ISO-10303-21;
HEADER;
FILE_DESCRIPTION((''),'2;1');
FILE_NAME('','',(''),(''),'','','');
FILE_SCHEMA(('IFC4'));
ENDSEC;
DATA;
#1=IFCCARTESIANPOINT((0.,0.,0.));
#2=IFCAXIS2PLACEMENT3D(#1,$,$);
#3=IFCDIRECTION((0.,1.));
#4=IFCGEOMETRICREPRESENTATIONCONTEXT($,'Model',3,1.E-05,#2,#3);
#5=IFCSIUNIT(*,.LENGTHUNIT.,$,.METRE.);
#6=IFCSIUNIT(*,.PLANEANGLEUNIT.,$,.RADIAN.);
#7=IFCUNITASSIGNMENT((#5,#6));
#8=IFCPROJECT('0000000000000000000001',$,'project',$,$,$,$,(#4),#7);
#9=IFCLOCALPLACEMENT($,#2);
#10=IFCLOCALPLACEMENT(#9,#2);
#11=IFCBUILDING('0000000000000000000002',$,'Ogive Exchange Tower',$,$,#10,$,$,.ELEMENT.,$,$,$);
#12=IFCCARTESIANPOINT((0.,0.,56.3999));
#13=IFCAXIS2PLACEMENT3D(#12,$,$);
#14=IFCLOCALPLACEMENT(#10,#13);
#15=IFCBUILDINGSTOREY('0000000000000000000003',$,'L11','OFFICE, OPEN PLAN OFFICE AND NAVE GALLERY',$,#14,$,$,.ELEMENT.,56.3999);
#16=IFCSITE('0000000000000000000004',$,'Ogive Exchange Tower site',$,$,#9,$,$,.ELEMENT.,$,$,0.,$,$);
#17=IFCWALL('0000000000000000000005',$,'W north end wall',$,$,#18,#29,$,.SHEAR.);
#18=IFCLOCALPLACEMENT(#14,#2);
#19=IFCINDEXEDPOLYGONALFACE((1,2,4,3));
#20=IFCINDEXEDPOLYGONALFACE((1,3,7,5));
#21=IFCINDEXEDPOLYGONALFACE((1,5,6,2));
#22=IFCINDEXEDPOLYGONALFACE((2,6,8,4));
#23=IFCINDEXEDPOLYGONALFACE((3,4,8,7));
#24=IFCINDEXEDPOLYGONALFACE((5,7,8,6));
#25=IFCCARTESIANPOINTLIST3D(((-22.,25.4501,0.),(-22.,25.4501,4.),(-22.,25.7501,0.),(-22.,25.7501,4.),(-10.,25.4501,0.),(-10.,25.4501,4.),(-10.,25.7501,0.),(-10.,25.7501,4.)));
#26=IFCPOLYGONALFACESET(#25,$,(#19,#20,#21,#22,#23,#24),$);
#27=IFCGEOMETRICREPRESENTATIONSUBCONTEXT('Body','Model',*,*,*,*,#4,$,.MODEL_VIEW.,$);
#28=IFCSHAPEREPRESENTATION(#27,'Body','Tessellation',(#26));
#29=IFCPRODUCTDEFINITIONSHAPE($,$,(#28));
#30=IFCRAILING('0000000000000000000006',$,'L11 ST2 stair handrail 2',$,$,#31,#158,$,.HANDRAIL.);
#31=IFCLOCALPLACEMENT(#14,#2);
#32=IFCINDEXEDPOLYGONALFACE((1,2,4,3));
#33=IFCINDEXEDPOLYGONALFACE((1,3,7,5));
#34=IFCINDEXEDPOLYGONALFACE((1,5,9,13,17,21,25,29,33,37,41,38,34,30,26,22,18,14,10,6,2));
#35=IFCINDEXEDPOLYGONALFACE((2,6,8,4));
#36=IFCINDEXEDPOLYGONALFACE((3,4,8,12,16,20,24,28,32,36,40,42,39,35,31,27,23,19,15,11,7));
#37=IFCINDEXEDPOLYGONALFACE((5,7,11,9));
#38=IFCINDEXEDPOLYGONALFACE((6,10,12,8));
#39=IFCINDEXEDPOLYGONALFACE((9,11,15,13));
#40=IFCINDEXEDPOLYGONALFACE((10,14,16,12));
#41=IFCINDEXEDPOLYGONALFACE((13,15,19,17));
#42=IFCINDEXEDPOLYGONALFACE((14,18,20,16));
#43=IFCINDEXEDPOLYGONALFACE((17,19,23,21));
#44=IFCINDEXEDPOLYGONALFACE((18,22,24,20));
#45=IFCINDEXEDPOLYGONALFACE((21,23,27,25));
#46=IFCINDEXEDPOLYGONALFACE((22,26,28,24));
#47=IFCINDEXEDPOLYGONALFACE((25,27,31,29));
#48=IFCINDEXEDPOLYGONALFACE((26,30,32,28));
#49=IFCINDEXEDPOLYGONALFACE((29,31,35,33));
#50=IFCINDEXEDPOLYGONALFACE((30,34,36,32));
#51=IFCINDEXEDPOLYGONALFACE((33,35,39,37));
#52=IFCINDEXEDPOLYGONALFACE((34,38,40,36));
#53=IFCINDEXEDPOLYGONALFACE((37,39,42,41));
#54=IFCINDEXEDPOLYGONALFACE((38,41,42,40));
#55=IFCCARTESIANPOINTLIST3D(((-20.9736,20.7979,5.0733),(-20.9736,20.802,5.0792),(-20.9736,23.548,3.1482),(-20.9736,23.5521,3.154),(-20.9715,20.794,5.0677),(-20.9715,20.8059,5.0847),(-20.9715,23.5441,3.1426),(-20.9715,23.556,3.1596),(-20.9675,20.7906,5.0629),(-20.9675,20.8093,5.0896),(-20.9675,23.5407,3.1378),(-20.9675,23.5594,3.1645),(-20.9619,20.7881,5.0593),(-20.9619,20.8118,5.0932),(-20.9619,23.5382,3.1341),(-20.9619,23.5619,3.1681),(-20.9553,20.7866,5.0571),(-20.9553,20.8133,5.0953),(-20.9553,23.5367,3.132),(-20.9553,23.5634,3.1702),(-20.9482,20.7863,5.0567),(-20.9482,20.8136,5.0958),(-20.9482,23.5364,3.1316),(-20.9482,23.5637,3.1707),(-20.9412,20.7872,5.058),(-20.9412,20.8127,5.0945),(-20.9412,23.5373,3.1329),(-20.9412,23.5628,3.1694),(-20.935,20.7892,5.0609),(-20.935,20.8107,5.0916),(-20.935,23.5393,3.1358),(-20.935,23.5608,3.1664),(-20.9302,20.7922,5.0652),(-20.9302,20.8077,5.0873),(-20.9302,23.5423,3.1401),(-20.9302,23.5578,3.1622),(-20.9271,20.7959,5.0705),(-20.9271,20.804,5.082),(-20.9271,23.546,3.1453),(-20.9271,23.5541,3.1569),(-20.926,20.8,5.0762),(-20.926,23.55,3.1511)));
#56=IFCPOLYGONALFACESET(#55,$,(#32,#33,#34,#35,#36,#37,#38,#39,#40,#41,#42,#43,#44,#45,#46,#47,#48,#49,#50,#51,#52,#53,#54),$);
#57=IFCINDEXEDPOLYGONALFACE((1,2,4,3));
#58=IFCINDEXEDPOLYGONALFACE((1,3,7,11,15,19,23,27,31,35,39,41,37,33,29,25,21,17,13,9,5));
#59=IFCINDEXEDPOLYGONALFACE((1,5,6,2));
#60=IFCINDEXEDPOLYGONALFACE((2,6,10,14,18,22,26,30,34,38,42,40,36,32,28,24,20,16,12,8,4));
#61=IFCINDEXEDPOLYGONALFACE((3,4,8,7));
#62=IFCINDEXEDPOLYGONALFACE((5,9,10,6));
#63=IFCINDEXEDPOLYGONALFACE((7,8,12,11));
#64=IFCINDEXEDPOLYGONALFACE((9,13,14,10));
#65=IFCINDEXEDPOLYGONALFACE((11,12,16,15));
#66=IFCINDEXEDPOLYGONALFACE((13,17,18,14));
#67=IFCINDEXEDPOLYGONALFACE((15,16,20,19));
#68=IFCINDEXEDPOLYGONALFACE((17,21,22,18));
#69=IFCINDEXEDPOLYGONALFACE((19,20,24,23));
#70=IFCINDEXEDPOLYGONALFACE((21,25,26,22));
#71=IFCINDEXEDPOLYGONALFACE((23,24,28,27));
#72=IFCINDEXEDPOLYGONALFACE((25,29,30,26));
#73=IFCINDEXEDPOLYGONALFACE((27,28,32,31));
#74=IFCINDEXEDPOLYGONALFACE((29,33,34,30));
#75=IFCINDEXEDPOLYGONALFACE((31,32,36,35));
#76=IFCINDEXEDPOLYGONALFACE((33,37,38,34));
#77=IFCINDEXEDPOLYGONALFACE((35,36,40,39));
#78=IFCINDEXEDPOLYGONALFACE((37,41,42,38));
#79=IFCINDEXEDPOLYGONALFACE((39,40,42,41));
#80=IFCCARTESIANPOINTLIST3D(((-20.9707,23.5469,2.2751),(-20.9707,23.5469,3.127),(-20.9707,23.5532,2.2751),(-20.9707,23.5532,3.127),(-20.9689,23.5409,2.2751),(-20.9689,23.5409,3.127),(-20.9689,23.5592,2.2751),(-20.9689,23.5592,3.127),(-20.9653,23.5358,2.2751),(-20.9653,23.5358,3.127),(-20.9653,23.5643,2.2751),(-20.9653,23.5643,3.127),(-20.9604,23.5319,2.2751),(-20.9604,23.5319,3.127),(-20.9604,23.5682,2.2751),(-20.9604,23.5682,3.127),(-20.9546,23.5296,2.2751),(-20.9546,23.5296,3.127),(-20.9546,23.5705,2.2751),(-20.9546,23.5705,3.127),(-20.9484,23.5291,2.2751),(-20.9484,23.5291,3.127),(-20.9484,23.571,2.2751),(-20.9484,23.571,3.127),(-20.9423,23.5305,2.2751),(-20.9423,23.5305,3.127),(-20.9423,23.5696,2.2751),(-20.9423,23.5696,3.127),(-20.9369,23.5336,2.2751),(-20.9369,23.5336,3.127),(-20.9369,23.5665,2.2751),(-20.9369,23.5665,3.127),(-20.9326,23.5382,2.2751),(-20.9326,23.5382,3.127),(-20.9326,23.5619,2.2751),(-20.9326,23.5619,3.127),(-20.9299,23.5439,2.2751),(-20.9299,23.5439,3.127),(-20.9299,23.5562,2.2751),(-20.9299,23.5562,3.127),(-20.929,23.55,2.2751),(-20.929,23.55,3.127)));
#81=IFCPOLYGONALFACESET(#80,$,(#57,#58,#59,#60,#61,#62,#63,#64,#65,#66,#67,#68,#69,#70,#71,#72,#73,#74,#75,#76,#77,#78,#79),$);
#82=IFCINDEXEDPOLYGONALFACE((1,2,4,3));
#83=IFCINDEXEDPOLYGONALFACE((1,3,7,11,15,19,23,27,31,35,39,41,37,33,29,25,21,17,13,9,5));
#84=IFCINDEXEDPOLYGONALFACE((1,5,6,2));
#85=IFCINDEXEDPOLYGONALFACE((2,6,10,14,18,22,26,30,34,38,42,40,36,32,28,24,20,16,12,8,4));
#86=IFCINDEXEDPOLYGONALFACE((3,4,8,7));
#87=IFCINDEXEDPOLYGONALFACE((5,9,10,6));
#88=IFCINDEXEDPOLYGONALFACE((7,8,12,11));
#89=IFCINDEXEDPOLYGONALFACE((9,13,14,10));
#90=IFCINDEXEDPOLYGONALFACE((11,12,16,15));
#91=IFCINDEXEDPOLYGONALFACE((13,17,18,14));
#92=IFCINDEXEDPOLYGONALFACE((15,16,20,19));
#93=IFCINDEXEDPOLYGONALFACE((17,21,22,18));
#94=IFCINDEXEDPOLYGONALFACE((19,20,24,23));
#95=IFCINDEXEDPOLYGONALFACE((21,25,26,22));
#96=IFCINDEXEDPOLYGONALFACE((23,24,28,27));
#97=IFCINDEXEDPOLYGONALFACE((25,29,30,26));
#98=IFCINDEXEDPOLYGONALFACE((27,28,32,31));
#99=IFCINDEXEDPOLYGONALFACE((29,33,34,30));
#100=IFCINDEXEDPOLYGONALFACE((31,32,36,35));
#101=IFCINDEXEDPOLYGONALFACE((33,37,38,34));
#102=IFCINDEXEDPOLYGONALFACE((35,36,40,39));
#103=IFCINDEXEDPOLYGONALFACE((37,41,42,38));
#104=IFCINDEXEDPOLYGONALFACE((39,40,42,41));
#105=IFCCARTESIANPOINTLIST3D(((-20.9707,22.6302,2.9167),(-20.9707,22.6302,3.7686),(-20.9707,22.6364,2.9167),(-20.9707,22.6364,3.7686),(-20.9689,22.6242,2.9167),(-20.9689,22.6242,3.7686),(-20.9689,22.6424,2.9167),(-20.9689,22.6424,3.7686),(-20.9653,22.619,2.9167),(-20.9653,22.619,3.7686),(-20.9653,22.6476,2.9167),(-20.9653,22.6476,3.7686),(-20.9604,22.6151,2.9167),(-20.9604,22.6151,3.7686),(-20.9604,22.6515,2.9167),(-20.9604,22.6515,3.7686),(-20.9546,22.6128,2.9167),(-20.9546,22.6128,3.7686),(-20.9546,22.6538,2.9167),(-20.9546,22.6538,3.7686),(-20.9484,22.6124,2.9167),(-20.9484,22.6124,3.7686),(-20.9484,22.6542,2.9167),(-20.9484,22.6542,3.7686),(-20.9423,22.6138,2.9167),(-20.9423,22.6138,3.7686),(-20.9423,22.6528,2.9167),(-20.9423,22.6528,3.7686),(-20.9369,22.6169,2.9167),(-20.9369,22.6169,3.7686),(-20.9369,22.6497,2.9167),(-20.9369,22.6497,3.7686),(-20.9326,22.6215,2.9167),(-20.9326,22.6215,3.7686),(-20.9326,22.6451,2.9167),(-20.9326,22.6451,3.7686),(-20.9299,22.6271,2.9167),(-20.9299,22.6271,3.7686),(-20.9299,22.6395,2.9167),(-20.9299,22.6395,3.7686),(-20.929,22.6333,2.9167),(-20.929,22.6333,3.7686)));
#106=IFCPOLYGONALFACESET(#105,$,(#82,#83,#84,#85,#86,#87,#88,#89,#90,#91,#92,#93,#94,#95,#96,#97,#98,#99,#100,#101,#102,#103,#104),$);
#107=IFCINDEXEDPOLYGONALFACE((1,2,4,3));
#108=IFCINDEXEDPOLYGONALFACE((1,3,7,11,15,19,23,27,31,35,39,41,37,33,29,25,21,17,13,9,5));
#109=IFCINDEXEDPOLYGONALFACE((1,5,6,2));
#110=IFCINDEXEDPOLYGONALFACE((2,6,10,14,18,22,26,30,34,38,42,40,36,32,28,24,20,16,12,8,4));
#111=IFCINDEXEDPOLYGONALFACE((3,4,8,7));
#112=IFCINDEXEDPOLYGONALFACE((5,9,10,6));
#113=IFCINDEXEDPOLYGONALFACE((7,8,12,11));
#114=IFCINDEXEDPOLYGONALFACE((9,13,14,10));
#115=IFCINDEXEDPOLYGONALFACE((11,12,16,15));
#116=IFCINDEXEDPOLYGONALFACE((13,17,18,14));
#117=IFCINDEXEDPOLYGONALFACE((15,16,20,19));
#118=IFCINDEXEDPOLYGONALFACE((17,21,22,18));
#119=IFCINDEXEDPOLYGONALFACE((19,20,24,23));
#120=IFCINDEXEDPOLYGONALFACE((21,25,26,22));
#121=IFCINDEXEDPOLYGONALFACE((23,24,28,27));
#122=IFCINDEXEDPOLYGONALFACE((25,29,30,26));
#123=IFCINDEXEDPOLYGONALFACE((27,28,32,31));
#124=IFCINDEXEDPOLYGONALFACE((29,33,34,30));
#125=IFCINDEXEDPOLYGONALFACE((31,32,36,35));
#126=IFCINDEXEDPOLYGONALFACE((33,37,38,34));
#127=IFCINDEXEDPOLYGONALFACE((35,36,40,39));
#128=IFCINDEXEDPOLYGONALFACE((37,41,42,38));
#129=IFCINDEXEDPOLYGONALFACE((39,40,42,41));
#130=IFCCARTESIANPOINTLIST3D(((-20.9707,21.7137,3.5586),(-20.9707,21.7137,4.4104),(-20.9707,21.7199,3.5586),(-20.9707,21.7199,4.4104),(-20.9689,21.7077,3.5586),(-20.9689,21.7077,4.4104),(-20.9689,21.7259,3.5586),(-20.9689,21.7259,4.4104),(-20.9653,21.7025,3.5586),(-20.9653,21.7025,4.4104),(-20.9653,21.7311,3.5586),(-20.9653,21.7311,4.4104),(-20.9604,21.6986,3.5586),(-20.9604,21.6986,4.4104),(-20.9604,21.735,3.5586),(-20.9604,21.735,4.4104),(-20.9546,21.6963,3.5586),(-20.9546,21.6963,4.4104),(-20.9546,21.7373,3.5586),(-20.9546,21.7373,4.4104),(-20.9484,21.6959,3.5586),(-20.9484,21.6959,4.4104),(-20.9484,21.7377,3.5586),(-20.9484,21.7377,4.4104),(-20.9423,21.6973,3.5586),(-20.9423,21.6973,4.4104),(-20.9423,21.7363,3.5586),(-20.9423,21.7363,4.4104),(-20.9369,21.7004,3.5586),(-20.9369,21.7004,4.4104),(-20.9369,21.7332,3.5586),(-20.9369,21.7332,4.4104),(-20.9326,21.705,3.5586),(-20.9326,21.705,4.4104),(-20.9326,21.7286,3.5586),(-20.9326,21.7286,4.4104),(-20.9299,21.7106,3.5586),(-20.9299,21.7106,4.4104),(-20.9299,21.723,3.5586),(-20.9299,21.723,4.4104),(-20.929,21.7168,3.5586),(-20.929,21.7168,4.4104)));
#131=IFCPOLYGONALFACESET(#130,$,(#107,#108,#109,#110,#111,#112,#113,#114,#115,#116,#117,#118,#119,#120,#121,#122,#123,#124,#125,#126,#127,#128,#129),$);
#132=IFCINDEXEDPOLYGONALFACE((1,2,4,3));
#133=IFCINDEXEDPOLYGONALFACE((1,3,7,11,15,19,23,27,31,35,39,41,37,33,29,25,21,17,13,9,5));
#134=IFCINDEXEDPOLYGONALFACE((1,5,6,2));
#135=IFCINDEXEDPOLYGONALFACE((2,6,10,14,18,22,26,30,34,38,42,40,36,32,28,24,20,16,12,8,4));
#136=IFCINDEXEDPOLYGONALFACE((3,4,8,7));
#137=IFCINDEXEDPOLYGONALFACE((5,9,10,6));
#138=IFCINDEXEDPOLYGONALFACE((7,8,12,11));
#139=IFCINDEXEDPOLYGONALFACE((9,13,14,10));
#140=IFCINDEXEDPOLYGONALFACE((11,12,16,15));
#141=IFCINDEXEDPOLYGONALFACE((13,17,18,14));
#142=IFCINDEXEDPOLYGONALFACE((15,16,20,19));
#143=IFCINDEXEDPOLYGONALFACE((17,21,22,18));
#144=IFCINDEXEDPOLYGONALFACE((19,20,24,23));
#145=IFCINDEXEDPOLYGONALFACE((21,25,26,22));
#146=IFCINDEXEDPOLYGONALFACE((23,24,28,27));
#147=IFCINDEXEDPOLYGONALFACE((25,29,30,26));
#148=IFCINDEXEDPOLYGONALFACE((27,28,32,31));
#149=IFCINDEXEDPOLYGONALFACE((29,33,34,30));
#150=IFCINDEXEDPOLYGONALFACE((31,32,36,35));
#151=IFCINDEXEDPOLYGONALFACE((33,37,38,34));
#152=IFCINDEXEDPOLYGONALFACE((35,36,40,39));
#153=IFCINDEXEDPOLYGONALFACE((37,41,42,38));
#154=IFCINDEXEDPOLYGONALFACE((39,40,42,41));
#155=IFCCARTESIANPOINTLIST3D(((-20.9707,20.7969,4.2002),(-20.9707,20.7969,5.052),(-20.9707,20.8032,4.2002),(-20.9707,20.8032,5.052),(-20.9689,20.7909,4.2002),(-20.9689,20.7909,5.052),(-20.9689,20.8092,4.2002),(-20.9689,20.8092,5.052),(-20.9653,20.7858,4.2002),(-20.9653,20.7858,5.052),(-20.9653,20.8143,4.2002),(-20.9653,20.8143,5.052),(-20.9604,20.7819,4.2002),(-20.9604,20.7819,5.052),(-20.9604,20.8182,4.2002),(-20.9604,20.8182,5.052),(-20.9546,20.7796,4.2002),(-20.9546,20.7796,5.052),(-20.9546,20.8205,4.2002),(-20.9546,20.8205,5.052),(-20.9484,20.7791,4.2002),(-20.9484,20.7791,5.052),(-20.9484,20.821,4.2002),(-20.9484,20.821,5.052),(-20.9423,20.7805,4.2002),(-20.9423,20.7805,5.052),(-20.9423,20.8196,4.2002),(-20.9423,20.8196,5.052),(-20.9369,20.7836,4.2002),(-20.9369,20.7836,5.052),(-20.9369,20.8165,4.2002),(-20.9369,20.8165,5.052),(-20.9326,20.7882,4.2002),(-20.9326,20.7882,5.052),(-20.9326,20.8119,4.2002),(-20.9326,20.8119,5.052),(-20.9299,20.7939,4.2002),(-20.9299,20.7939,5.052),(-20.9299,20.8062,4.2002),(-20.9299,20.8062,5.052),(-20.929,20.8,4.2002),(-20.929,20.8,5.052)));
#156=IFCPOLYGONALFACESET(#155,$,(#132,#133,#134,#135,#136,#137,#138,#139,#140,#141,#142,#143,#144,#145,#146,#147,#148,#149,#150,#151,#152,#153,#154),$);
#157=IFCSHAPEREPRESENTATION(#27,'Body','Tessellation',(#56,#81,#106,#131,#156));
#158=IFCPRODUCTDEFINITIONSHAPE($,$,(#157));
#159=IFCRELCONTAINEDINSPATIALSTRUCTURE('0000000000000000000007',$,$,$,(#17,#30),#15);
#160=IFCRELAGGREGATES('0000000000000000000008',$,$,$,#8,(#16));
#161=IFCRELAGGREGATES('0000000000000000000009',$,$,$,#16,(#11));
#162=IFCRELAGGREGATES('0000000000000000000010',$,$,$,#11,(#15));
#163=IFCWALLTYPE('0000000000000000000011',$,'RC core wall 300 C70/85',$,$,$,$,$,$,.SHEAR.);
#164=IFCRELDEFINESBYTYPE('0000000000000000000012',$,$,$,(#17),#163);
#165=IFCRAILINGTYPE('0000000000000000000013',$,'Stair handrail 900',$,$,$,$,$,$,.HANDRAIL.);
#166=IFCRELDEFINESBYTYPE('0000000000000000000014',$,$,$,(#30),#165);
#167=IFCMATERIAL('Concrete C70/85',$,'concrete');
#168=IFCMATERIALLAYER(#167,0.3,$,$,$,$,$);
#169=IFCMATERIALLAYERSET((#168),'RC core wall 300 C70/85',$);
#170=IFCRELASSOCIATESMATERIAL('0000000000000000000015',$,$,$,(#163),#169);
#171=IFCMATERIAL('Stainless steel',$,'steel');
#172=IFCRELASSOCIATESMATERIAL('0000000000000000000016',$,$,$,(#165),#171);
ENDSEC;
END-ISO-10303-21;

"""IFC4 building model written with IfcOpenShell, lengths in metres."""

from ifc_helpers import new_model, si_unit, direction, frame, frame_2d, origin, origin_2d, place, context, subcontext, project, spatial, rectangle, circle, extrude, material, layer, layer_set, type_object, element, save


model = new_model("IFC4")

# Units and contexts
model_context = context("Model", 3, precision=1e-05, world=origin(), true_north=direction((0.0, 1.0)))
body_context = subcontext(model_context, "Body", "Model", "MODEL_VIEW")
ifc_project = project(units=[si_unit("LENGTHUNIT", "METRE"), si_unit("PLANEANGLEUNIT", "RADIAN")], contexts=[model_context])

# Site, building, storey
site_placement = place(None, origin())
site = spatial("IfcSite", under=ifc_project, at=site_placement, Name="Ogive Exchange Tower site", CompositionType="ELEMENT", RefElevation=0.0)
building_placement = place(site_placement, origin())
building = spatial("IfcBuilding", under=site, at=building_placement, Name="Ogive Exchange Tower", CompositionType="ELEMENT")
storey_placement = place(building_placement, frame((0.0, 0.0, 56.3999)))
storey = spatial("IfcBuildingStorey", under=building, at=storey_placement, Name="L11", Description="OFFICE, OPEN PLAN OFFICE AND NAVE GALLERY", CompositionType="ELEMENT", Elevation=56.3999)

# Wall
ifc_material_1 = material(Name="Concrete C70/85", Category="concrete")
ifc_layer_1 = layer(ifc_material_1, 0.3)
ifc_layer_set_1 = layer_set([ifc_layer_1], Name="RC core wall 300 C70/85")
wall_type_1 = type_object("IfcWallType", Name="RC core wall 300 C70/85", PredefinedType="SHEAR", material=ifc_layer_set_1)
wall_1_placement = place(storey_placement, frame((-22.0, 25.6001, 0.0), z_axis=(0.0, 0.0, 1.0), x_axis=(1.0, 0.0, 0.0)))
element("IfcWall", 1, at=wall_1_placement, inside=storey, type_object=wall_type_1, Name="W north end wall", PredefinedType="SHEAR", context=body_context, shape_type="SweptSolid", body=[
    extrude(rectangle(XDim=12.0, YDim=0.3, at=frame_2d((6.0, 0.0))), origin(), (0.0, 0.0, 1.0), 4.0),
])

# Railing
ifc_material_2 = material(Name="Stainless steel", Category="steel")
railing_type_1 = type_object("IfcRailingType", Name="Stair handrail 900", PredefinedType="HANDRAIL", material=ifc_material_2)
railing_1_placement = place(storey_placement, frame((-20.95, 23.55, 2.2751)))
element("IfcRailing", 2, at=railing_1_placement, inside=storey, type_object=railing_type_1, Name="L11 ST2 stair handrail 2", PredefinedType="HANDRAIL", context=body_context, shape_type="SweptSolid", body=[
    extrude(circle(Radius=0.0239, at=origin_2d()), frame((0.0, 0.0, 0.876), z_axis=(0.0, -0.819225, 0.573472), x_axis=(1.0, 0.0, 0.0)), (0.0, 0.0, 1.0), 3.3569),
    extrude(circle(Radius=0.021, at=origin_2d()), origin(), (0.0, 0.0, 1.0), 0.8518),
    extrude(circle(Radius=0.021, at=origin_2d()), frame((0.0, -0.9167, 0.6416)), (0.0, 0.0, 1.0), 0.8518),
    extrude(circle(Radius=0.021, at=origin_2d()), frame((0.0, -1.8333, 1.2834)), (0.0, 0.0, 1.0), 0.8518),
    extrude(circle(Radius=0.021, at=origin_2d()), frame((0.0, -2.75, 1.925)), (0.0, 0.0, 1.0), 0.8518),
])

save(model, "model.ifc")
